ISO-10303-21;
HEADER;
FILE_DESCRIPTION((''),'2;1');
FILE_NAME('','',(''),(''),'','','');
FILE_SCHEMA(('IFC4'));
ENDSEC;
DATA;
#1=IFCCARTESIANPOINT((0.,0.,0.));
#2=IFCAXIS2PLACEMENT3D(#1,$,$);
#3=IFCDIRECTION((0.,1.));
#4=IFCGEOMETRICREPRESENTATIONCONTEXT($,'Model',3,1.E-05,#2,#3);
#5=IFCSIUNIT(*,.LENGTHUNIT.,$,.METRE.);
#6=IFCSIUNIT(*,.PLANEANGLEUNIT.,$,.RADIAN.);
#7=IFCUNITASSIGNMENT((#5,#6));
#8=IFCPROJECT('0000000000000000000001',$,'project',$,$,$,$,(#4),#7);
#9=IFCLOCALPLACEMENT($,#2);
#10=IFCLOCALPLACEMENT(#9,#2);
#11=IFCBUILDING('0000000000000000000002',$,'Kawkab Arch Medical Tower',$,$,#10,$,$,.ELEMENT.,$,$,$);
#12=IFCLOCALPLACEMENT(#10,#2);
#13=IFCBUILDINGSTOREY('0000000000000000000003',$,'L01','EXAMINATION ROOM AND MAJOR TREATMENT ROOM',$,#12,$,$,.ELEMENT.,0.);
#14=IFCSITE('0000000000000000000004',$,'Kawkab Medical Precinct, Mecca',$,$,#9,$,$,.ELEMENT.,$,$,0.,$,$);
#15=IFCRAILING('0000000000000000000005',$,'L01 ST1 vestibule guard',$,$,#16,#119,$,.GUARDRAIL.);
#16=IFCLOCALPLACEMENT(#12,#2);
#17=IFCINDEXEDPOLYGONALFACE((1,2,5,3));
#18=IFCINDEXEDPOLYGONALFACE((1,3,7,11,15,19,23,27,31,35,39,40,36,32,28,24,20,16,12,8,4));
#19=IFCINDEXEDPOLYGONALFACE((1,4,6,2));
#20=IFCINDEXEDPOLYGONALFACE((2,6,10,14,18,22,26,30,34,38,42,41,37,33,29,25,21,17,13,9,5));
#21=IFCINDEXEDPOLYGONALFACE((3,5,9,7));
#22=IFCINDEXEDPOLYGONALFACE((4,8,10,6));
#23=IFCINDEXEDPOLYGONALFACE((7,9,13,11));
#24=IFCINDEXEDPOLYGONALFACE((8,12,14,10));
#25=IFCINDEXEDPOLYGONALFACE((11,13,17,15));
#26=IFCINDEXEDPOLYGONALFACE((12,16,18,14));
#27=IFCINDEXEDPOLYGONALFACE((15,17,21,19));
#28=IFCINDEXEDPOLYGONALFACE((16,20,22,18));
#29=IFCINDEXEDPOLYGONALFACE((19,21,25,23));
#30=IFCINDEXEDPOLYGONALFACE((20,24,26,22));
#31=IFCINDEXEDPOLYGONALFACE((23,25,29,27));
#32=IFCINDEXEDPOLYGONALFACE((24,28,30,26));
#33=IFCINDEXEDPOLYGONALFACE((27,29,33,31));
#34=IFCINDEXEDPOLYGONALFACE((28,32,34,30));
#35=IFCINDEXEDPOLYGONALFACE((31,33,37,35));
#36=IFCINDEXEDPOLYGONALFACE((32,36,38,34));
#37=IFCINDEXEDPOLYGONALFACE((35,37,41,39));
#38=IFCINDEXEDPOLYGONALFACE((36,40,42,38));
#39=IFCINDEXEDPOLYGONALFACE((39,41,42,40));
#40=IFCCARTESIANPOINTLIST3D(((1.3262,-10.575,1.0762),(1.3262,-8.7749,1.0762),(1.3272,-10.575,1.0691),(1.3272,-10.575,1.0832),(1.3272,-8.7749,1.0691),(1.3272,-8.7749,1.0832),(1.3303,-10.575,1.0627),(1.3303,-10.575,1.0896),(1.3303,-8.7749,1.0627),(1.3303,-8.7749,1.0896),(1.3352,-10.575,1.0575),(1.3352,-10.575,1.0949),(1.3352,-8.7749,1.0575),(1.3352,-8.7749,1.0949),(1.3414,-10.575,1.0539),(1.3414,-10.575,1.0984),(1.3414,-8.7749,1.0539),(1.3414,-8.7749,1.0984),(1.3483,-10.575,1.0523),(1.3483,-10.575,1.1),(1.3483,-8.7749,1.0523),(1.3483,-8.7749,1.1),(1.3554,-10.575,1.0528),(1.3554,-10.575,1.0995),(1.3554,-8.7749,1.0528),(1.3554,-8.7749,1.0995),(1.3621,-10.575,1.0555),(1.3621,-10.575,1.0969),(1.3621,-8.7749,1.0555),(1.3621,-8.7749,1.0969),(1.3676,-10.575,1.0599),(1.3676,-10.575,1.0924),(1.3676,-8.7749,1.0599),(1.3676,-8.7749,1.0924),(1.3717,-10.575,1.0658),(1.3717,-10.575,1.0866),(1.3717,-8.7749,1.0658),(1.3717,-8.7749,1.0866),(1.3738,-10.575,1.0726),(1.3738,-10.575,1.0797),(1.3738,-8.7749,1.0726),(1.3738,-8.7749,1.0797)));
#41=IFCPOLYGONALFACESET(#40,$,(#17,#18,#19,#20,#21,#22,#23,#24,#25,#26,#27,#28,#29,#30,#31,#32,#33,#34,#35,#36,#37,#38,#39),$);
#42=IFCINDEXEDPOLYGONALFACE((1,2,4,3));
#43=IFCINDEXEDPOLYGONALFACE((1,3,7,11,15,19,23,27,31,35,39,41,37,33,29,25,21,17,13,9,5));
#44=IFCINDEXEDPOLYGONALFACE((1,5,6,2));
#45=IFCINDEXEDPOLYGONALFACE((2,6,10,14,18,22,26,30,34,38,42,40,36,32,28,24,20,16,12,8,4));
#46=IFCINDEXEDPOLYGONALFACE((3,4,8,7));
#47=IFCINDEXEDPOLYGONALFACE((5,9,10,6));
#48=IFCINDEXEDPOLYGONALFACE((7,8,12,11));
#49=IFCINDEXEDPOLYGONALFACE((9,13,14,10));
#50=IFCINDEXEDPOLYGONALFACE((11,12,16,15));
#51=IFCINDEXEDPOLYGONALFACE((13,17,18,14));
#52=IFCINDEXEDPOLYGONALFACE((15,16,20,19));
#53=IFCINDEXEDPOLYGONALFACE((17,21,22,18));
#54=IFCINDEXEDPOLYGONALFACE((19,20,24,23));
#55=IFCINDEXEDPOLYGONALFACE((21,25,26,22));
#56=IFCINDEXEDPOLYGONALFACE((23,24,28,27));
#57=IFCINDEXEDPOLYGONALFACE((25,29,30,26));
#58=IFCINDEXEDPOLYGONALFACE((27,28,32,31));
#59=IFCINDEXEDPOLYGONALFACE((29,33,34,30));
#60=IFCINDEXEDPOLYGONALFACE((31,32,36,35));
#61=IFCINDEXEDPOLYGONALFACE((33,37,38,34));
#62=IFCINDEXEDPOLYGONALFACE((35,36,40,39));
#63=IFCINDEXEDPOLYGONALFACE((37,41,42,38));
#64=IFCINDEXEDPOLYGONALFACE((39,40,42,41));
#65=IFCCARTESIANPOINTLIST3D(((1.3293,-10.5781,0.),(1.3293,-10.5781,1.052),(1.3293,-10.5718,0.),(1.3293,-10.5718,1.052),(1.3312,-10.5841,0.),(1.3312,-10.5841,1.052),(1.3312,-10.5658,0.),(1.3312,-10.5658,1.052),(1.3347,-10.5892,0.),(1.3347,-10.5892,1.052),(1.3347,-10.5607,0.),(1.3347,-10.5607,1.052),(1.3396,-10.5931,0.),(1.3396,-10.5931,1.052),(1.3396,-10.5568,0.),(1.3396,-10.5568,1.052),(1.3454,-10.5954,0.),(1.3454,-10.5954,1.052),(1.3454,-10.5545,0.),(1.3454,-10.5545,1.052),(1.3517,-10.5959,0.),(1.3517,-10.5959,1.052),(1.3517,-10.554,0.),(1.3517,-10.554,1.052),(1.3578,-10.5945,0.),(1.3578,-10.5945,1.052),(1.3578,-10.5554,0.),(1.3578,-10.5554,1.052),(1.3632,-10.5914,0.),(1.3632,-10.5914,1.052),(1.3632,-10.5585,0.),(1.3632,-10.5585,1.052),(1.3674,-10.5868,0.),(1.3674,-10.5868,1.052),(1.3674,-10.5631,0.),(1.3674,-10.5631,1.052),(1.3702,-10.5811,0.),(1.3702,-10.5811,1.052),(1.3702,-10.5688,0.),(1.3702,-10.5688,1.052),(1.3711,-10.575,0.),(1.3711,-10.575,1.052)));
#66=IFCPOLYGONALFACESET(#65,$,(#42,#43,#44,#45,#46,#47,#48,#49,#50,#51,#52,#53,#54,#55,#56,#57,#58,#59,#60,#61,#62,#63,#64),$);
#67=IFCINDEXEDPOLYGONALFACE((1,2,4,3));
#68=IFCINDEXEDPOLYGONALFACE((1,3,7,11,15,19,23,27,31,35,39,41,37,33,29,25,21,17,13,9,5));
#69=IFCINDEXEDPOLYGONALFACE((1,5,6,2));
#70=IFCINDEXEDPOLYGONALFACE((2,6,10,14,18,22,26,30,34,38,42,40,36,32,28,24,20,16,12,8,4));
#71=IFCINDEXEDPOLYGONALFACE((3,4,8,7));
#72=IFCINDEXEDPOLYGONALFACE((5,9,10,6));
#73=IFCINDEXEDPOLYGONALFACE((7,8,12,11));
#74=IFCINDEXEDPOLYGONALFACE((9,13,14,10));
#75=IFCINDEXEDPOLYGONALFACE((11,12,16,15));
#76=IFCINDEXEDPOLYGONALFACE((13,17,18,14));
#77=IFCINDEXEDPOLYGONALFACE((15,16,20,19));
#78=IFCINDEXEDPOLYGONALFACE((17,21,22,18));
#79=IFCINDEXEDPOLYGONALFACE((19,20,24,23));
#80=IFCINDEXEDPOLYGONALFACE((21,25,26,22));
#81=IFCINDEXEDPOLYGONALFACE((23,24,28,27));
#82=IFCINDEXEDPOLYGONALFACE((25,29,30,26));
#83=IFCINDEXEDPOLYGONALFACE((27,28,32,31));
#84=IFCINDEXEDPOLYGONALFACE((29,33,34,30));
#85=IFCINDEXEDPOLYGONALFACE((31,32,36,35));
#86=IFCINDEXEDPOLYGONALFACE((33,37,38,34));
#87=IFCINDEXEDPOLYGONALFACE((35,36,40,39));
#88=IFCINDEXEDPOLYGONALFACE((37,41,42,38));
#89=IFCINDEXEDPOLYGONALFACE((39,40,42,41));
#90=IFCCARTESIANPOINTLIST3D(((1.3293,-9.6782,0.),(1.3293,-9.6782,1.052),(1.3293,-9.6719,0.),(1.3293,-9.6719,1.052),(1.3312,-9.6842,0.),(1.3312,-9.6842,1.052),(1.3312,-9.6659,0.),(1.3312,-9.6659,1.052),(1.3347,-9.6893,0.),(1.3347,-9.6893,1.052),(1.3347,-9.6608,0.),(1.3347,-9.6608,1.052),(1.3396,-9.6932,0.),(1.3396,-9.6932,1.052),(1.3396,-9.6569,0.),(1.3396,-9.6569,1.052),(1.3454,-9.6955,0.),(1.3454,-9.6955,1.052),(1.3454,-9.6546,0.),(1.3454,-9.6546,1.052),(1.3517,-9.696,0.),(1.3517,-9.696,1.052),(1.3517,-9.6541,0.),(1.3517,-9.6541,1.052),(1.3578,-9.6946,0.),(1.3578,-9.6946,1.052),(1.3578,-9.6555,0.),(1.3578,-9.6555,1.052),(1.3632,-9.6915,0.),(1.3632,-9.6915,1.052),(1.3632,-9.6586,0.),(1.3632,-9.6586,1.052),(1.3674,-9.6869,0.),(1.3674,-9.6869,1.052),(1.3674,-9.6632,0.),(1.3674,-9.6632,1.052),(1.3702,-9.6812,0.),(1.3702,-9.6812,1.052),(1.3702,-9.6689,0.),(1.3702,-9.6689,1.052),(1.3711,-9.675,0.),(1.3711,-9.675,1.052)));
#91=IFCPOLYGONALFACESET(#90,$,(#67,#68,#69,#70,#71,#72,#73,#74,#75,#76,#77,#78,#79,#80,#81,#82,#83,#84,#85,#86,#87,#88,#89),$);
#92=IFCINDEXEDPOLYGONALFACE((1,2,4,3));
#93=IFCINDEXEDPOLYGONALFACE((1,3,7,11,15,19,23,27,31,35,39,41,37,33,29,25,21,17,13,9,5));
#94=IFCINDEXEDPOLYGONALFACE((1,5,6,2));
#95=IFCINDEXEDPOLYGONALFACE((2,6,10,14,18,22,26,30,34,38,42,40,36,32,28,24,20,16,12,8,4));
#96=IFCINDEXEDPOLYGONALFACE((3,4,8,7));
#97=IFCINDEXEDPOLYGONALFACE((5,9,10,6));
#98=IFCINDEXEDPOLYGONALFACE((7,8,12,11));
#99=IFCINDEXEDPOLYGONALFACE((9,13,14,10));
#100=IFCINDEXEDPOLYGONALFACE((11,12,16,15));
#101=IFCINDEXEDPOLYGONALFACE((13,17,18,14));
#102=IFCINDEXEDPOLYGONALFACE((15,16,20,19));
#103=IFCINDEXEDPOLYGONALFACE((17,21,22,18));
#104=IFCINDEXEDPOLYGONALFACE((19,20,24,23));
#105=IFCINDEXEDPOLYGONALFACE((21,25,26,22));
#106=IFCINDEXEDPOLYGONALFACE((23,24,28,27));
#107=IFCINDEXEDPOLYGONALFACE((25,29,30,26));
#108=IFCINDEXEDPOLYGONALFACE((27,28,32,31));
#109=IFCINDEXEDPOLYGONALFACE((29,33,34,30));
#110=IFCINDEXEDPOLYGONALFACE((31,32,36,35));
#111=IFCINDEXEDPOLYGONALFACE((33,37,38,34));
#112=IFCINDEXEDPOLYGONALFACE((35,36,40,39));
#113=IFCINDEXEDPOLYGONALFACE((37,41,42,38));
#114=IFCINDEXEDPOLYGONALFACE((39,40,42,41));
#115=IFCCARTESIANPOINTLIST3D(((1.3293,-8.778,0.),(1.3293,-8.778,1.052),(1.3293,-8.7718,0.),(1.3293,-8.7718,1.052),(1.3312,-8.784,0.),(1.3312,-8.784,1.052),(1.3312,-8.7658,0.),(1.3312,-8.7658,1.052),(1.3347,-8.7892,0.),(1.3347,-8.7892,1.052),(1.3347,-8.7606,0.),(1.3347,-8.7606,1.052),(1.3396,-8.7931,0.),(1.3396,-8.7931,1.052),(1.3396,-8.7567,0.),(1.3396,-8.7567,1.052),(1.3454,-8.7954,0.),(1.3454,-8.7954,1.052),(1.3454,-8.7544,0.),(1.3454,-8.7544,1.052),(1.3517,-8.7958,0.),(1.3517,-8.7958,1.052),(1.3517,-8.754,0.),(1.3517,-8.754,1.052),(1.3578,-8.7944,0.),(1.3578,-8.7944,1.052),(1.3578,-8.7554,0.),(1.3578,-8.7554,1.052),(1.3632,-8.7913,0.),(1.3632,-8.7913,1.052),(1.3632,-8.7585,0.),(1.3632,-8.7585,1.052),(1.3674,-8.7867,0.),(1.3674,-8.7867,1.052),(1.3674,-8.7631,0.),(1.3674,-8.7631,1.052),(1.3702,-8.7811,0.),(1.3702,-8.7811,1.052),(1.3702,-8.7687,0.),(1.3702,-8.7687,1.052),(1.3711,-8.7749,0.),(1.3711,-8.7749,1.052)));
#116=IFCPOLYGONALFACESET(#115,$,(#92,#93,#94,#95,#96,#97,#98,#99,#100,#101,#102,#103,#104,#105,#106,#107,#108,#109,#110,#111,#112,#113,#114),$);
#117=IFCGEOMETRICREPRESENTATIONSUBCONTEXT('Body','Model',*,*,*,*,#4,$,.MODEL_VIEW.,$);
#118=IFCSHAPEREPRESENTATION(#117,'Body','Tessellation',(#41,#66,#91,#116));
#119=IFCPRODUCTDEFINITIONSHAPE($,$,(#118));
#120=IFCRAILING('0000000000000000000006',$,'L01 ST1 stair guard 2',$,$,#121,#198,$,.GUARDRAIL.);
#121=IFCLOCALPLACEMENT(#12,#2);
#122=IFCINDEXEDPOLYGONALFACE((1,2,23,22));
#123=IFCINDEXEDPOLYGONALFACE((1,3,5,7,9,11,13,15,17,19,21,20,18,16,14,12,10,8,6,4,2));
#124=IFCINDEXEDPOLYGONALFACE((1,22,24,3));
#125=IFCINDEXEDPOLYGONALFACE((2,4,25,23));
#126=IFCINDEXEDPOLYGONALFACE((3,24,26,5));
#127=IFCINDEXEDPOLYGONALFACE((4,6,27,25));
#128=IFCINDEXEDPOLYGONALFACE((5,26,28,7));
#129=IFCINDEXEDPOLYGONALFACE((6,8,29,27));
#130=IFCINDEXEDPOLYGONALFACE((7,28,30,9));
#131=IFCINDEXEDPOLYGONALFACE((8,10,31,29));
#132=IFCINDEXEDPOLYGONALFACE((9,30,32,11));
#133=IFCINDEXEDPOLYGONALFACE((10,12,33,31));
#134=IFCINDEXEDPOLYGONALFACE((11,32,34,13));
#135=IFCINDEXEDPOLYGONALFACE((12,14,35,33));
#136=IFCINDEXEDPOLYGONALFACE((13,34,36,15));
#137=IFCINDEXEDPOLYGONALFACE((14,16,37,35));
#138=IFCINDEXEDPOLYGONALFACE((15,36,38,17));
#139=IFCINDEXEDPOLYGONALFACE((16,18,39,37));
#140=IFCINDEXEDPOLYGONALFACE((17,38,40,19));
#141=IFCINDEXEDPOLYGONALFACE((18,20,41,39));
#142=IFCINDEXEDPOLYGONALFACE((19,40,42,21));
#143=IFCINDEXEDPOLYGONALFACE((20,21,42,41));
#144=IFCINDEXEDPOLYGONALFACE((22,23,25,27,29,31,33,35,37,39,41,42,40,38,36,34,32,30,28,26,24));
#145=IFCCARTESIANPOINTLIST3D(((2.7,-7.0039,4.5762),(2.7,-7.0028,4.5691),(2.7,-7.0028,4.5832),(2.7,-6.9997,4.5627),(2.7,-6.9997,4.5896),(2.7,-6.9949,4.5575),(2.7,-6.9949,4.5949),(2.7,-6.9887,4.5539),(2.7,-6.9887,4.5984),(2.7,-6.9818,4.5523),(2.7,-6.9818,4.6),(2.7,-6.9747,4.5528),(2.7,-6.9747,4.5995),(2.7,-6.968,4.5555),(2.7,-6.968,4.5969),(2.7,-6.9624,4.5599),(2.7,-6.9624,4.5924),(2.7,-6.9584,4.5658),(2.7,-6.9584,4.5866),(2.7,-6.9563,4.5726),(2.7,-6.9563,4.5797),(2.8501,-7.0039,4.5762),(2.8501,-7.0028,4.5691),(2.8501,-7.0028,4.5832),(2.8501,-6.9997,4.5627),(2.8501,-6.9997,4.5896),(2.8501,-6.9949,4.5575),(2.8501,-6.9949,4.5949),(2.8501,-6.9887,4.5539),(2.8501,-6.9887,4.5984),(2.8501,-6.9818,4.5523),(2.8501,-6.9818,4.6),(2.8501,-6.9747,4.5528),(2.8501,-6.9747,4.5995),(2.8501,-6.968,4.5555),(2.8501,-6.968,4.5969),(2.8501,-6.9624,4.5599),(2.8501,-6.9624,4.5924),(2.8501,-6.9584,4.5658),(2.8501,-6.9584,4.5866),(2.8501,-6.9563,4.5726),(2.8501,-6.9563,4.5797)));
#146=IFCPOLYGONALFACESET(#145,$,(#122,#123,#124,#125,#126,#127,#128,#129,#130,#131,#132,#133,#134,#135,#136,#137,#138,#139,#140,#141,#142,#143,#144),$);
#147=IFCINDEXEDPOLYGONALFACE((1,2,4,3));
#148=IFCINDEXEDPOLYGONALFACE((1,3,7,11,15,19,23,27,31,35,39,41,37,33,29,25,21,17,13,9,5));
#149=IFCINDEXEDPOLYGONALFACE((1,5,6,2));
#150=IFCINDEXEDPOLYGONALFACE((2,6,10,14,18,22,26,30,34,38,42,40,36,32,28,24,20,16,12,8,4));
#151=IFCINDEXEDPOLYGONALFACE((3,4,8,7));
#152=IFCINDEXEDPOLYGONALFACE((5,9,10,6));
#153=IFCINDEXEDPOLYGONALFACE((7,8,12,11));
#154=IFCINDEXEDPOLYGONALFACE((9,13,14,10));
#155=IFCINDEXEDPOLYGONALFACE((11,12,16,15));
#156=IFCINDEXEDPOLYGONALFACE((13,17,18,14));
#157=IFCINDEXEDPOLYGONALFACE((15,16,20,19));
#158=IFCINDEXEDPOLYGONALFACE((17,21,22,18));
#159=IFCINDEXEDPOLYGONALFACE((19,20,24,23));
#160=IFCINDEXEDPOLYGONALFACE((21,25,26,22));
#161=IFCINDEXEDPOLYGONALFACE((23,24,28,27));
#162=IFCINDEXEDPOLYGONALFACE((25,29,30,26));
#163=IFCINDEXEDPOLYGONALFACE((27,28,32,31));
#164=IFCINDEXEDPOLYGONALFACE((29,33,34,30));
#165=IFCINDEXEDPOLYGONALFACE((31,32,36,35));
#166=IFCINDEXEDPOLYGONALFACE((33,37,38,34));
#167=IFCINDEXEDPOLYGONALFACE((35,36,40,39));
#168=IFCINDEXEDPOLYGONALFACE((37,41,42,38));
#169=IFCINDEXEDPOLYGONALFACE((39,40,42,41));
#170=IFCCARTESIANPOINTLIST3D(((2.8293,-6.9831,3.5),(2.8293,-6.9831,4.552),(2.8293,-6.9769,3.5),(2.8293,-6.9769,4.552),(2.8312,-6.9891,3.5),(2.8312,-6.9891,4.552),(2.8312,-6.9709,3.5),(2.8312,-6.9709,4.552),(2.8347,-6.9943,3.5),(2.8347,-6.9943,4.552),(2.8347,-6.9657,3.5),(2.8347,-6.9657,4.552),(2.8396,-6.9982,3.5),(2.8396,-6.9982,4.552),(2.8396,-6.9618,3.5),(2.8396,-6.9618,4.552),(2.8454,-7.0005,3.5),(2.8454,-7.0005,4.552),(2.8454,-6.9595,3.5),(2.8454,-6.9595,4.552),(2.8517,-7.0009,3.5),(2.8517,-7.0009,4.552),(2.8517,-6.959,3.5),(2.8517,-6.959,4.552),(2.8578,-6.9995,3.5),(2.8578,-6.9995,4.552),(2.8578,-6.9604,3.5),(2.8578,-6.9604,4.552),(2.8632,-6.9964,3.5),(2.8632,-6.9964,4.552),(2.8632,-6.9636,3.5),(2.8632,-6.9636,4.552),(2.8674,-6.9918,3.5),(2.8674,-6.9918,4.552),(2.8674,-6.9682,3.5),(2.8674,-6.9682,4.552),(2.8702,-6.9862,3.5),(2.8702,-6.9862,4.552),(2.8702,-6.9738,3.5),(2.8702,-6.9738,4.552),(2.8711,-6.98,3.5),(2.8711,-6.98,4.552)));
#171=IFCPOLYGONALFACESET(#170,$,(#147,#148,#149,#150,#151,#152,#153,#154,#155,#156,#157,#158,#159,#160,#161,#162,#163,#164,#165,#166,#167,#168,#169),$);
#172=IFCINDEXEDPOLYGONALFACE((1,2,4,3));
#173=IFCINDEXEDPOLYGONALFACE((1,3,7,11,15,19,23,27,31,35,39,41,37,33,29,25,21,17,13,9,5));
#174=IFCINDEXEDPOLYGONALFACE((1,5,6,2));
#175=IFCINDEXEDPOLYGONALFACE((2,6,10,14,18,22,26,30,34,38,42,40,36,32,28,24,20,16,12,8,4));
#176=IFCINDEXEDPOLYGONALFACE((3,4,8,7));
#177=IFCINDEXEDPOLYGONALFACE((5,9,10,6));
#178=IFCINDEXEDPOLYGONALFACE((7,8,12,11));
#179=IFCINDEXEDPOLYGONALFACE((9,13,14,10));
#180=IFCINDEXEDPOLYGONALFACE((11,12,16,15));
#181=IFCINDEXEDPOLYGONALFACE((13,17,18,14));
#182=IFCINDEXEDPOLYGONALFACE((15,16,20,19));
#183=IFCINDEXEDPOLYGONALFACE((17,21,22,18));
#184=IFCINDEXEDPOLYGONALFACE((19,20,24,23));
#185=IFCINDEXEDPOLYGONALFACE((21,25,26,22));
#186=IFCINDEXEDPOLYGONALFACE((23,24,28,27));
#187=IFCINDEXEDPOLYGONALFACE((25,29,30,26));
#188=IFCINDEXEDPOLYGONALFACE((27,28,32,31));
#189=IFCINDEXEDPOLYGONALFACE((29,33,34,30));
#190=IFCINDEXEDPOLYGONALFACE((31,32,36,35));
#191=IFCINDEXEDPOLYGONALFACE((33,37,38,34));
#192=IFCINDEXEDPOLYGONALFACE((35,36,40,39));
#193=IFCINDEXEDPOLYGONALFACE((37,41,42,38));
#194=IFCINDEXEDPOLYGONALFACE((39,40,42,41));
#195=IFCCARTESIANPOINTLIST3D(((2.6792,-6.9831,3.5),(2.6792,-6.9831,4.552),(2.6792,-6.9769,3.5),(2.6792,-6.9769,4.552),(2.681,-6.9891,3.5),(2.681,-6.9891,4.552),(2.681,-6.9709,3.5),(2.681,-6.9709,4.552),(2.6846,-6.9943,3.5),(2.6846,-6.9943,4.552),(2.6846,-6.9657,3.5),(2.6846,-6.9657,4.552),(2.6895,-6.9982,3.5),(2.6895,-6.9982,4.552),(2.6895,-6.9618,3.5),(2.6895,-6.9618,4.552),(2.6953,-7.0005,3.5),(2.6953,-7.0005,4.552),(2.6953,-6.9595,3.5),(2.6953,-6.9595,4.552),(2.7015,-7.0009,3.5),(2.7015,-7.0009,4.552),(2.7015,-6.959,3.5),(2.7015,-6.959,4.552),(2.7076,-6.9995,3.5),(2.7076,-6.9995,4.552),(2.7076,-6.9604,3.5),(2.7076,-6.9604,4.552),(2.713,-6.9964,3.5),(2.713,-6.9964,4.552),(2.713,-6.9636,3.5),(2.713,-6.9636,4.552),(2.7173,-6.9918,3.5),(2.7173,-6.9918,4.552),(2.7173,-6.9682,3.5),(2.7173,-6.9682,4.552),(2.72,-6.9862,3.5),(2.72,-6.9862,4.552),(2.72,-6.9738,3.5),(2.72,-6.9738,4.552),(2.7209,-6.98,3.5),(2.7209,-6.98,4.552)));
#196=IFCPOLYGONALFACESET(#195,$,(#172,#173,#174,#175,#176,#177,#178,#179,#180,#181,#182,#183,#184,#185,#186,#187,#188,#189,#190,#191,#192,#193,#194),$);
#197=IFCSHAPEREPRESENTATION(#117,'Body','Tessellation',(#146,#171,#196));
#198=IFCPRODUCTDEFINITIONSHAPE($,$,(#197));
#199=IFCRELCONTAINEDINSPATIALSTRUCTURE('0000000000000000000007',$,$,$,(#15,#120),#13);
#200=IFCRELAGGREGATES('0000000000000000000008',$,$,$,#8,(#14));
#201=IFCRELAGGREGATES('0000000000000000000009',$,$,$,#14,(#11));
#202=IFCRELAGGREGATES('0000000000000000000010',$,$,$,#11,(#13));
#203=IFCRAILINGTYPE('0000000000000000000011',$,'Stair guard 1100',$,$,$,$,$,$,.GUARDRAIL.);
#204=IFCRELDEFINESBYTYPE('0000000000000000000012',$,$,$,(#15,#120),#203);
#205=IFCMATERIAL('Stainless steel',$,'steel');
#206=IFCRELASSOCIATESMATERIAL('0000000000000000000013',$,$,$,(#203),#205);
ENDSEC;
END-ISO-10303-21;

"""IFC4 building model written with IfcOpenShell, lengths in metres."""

from ifc_helpers import new_model, si_unit, direction, frame, origin, origin_2d, place, context, subcontext, project, spatial, circle, extrude, material, type_object, element, save


model = new_model("IFC4")

# Units and contexts
model_context = context("Model", 3, precision=1e-05, world=origin(), true_north=direction((0.0, 1.0)))
body_context = subcontext(model_context, "Body", "Model", "MODEL_VIEW")
ifc_project = project(units=[si_unit("LENGTHUNIT", "METRE"), si_unit("PLANEANGLEUNIT", "RADIAN")], contexts=[model_context])

# Site, building, storey
site_placement = place(None, origin())
site = spatial("IfcSite", under=ifc_project, at=site_placement, Name="Kawkab Medical Precinct, Mecca", CompositionType="ELEMENT", RefElevation=0.0)
building_placement = place(site_placement, origin())
building = spatial("IfcBuilding", under=site, at=building_placement, Name="Kawkab Arch Medical Tower", CompositionType="ELEMENT")
storey_placement = place(building_placement, origin())
storey = spatial("IfcBuildingStorey", under=building, at=storey_placement, Name="L01", Description="EXAMINATION ROOM AND MAJOR TREATMENT ROOM", CompositionType="ELEMENT", Elevation=0.0)

# Railings
ifc_material_1 = material(Name="Stainless steel", Category="steel")
railing_type = type_object("IfcRailingType", Name="Stair guard 1100", PredefinedType="GUARDRAIL", material=ifc_material_1)
railing_1_placement = place(storey_placement, frame((1.3501, -10.575, 0.0)))
element("IfcRailing", 1, at=railing_1_placement, inside=storey, type_object=railing_type, Name="L01 ST1 vestibule guard", PredefinedType="GUARDRAIL", context=body_context, shape_type="SweptSolid", body=[
    extrude(circle(Radius=0.0239, at=origin_2d()), frame((0.0, 0.0, 1.0762), z_axis=(0.0, 1.0, 0.0), x_axis=(-1.0, 0.0, 0.0)), (0.0, 0.0, 1.0), 1.8),
    extrude(circle(Radius=0.021, at=origin_2d()), origin(), (0.0, 0.0, 1.0), 1.052),
    extrude(circle(Radius=0.021, at=origin_2d()), frame((0.0, 0.8999, 0.0)), (0.0, 0.0, 1.0), 1.052),
    extrude(circle(Radius=0.021, at=origin_2d()), frame((0.0, 1.8, 0.0)), (0.0, 0.0, 1.0), 1.052),
])
railing_2_placement = place(storey_placement, frame((2.8501, -6.98, 3.5)))
element("IfcRailing", 2, at=railing_2_placement, inside=storey, type_object=railing_type, Name="L01 ST1 stair guard 2", PredefinedType="GUARDRAIL", context=body_context, shape_type="SweptSolid", body=[
    extrude(circle(Radius=0.0239, at=origin_2d()), frame((0.0, 0.0, 1.0762), z_axis=(-1.0, 0.0, 0.0), x_axis=(0.0, -1.0, 0.0)), (0.0, 0.0, 1.0), 0.1501),
    extrude(circle(Radius=0.021, at=origin_2d()), origin(), (0.0, 0.0, 1.0), 1.052),
    extrude(circle(Radius=0.021, at=origin_2d()), frame((-0.1501, 0.0, 0.0)), (0.0, 0.0, 1.0), 1.052),
])

save(model, "model.ifc")
